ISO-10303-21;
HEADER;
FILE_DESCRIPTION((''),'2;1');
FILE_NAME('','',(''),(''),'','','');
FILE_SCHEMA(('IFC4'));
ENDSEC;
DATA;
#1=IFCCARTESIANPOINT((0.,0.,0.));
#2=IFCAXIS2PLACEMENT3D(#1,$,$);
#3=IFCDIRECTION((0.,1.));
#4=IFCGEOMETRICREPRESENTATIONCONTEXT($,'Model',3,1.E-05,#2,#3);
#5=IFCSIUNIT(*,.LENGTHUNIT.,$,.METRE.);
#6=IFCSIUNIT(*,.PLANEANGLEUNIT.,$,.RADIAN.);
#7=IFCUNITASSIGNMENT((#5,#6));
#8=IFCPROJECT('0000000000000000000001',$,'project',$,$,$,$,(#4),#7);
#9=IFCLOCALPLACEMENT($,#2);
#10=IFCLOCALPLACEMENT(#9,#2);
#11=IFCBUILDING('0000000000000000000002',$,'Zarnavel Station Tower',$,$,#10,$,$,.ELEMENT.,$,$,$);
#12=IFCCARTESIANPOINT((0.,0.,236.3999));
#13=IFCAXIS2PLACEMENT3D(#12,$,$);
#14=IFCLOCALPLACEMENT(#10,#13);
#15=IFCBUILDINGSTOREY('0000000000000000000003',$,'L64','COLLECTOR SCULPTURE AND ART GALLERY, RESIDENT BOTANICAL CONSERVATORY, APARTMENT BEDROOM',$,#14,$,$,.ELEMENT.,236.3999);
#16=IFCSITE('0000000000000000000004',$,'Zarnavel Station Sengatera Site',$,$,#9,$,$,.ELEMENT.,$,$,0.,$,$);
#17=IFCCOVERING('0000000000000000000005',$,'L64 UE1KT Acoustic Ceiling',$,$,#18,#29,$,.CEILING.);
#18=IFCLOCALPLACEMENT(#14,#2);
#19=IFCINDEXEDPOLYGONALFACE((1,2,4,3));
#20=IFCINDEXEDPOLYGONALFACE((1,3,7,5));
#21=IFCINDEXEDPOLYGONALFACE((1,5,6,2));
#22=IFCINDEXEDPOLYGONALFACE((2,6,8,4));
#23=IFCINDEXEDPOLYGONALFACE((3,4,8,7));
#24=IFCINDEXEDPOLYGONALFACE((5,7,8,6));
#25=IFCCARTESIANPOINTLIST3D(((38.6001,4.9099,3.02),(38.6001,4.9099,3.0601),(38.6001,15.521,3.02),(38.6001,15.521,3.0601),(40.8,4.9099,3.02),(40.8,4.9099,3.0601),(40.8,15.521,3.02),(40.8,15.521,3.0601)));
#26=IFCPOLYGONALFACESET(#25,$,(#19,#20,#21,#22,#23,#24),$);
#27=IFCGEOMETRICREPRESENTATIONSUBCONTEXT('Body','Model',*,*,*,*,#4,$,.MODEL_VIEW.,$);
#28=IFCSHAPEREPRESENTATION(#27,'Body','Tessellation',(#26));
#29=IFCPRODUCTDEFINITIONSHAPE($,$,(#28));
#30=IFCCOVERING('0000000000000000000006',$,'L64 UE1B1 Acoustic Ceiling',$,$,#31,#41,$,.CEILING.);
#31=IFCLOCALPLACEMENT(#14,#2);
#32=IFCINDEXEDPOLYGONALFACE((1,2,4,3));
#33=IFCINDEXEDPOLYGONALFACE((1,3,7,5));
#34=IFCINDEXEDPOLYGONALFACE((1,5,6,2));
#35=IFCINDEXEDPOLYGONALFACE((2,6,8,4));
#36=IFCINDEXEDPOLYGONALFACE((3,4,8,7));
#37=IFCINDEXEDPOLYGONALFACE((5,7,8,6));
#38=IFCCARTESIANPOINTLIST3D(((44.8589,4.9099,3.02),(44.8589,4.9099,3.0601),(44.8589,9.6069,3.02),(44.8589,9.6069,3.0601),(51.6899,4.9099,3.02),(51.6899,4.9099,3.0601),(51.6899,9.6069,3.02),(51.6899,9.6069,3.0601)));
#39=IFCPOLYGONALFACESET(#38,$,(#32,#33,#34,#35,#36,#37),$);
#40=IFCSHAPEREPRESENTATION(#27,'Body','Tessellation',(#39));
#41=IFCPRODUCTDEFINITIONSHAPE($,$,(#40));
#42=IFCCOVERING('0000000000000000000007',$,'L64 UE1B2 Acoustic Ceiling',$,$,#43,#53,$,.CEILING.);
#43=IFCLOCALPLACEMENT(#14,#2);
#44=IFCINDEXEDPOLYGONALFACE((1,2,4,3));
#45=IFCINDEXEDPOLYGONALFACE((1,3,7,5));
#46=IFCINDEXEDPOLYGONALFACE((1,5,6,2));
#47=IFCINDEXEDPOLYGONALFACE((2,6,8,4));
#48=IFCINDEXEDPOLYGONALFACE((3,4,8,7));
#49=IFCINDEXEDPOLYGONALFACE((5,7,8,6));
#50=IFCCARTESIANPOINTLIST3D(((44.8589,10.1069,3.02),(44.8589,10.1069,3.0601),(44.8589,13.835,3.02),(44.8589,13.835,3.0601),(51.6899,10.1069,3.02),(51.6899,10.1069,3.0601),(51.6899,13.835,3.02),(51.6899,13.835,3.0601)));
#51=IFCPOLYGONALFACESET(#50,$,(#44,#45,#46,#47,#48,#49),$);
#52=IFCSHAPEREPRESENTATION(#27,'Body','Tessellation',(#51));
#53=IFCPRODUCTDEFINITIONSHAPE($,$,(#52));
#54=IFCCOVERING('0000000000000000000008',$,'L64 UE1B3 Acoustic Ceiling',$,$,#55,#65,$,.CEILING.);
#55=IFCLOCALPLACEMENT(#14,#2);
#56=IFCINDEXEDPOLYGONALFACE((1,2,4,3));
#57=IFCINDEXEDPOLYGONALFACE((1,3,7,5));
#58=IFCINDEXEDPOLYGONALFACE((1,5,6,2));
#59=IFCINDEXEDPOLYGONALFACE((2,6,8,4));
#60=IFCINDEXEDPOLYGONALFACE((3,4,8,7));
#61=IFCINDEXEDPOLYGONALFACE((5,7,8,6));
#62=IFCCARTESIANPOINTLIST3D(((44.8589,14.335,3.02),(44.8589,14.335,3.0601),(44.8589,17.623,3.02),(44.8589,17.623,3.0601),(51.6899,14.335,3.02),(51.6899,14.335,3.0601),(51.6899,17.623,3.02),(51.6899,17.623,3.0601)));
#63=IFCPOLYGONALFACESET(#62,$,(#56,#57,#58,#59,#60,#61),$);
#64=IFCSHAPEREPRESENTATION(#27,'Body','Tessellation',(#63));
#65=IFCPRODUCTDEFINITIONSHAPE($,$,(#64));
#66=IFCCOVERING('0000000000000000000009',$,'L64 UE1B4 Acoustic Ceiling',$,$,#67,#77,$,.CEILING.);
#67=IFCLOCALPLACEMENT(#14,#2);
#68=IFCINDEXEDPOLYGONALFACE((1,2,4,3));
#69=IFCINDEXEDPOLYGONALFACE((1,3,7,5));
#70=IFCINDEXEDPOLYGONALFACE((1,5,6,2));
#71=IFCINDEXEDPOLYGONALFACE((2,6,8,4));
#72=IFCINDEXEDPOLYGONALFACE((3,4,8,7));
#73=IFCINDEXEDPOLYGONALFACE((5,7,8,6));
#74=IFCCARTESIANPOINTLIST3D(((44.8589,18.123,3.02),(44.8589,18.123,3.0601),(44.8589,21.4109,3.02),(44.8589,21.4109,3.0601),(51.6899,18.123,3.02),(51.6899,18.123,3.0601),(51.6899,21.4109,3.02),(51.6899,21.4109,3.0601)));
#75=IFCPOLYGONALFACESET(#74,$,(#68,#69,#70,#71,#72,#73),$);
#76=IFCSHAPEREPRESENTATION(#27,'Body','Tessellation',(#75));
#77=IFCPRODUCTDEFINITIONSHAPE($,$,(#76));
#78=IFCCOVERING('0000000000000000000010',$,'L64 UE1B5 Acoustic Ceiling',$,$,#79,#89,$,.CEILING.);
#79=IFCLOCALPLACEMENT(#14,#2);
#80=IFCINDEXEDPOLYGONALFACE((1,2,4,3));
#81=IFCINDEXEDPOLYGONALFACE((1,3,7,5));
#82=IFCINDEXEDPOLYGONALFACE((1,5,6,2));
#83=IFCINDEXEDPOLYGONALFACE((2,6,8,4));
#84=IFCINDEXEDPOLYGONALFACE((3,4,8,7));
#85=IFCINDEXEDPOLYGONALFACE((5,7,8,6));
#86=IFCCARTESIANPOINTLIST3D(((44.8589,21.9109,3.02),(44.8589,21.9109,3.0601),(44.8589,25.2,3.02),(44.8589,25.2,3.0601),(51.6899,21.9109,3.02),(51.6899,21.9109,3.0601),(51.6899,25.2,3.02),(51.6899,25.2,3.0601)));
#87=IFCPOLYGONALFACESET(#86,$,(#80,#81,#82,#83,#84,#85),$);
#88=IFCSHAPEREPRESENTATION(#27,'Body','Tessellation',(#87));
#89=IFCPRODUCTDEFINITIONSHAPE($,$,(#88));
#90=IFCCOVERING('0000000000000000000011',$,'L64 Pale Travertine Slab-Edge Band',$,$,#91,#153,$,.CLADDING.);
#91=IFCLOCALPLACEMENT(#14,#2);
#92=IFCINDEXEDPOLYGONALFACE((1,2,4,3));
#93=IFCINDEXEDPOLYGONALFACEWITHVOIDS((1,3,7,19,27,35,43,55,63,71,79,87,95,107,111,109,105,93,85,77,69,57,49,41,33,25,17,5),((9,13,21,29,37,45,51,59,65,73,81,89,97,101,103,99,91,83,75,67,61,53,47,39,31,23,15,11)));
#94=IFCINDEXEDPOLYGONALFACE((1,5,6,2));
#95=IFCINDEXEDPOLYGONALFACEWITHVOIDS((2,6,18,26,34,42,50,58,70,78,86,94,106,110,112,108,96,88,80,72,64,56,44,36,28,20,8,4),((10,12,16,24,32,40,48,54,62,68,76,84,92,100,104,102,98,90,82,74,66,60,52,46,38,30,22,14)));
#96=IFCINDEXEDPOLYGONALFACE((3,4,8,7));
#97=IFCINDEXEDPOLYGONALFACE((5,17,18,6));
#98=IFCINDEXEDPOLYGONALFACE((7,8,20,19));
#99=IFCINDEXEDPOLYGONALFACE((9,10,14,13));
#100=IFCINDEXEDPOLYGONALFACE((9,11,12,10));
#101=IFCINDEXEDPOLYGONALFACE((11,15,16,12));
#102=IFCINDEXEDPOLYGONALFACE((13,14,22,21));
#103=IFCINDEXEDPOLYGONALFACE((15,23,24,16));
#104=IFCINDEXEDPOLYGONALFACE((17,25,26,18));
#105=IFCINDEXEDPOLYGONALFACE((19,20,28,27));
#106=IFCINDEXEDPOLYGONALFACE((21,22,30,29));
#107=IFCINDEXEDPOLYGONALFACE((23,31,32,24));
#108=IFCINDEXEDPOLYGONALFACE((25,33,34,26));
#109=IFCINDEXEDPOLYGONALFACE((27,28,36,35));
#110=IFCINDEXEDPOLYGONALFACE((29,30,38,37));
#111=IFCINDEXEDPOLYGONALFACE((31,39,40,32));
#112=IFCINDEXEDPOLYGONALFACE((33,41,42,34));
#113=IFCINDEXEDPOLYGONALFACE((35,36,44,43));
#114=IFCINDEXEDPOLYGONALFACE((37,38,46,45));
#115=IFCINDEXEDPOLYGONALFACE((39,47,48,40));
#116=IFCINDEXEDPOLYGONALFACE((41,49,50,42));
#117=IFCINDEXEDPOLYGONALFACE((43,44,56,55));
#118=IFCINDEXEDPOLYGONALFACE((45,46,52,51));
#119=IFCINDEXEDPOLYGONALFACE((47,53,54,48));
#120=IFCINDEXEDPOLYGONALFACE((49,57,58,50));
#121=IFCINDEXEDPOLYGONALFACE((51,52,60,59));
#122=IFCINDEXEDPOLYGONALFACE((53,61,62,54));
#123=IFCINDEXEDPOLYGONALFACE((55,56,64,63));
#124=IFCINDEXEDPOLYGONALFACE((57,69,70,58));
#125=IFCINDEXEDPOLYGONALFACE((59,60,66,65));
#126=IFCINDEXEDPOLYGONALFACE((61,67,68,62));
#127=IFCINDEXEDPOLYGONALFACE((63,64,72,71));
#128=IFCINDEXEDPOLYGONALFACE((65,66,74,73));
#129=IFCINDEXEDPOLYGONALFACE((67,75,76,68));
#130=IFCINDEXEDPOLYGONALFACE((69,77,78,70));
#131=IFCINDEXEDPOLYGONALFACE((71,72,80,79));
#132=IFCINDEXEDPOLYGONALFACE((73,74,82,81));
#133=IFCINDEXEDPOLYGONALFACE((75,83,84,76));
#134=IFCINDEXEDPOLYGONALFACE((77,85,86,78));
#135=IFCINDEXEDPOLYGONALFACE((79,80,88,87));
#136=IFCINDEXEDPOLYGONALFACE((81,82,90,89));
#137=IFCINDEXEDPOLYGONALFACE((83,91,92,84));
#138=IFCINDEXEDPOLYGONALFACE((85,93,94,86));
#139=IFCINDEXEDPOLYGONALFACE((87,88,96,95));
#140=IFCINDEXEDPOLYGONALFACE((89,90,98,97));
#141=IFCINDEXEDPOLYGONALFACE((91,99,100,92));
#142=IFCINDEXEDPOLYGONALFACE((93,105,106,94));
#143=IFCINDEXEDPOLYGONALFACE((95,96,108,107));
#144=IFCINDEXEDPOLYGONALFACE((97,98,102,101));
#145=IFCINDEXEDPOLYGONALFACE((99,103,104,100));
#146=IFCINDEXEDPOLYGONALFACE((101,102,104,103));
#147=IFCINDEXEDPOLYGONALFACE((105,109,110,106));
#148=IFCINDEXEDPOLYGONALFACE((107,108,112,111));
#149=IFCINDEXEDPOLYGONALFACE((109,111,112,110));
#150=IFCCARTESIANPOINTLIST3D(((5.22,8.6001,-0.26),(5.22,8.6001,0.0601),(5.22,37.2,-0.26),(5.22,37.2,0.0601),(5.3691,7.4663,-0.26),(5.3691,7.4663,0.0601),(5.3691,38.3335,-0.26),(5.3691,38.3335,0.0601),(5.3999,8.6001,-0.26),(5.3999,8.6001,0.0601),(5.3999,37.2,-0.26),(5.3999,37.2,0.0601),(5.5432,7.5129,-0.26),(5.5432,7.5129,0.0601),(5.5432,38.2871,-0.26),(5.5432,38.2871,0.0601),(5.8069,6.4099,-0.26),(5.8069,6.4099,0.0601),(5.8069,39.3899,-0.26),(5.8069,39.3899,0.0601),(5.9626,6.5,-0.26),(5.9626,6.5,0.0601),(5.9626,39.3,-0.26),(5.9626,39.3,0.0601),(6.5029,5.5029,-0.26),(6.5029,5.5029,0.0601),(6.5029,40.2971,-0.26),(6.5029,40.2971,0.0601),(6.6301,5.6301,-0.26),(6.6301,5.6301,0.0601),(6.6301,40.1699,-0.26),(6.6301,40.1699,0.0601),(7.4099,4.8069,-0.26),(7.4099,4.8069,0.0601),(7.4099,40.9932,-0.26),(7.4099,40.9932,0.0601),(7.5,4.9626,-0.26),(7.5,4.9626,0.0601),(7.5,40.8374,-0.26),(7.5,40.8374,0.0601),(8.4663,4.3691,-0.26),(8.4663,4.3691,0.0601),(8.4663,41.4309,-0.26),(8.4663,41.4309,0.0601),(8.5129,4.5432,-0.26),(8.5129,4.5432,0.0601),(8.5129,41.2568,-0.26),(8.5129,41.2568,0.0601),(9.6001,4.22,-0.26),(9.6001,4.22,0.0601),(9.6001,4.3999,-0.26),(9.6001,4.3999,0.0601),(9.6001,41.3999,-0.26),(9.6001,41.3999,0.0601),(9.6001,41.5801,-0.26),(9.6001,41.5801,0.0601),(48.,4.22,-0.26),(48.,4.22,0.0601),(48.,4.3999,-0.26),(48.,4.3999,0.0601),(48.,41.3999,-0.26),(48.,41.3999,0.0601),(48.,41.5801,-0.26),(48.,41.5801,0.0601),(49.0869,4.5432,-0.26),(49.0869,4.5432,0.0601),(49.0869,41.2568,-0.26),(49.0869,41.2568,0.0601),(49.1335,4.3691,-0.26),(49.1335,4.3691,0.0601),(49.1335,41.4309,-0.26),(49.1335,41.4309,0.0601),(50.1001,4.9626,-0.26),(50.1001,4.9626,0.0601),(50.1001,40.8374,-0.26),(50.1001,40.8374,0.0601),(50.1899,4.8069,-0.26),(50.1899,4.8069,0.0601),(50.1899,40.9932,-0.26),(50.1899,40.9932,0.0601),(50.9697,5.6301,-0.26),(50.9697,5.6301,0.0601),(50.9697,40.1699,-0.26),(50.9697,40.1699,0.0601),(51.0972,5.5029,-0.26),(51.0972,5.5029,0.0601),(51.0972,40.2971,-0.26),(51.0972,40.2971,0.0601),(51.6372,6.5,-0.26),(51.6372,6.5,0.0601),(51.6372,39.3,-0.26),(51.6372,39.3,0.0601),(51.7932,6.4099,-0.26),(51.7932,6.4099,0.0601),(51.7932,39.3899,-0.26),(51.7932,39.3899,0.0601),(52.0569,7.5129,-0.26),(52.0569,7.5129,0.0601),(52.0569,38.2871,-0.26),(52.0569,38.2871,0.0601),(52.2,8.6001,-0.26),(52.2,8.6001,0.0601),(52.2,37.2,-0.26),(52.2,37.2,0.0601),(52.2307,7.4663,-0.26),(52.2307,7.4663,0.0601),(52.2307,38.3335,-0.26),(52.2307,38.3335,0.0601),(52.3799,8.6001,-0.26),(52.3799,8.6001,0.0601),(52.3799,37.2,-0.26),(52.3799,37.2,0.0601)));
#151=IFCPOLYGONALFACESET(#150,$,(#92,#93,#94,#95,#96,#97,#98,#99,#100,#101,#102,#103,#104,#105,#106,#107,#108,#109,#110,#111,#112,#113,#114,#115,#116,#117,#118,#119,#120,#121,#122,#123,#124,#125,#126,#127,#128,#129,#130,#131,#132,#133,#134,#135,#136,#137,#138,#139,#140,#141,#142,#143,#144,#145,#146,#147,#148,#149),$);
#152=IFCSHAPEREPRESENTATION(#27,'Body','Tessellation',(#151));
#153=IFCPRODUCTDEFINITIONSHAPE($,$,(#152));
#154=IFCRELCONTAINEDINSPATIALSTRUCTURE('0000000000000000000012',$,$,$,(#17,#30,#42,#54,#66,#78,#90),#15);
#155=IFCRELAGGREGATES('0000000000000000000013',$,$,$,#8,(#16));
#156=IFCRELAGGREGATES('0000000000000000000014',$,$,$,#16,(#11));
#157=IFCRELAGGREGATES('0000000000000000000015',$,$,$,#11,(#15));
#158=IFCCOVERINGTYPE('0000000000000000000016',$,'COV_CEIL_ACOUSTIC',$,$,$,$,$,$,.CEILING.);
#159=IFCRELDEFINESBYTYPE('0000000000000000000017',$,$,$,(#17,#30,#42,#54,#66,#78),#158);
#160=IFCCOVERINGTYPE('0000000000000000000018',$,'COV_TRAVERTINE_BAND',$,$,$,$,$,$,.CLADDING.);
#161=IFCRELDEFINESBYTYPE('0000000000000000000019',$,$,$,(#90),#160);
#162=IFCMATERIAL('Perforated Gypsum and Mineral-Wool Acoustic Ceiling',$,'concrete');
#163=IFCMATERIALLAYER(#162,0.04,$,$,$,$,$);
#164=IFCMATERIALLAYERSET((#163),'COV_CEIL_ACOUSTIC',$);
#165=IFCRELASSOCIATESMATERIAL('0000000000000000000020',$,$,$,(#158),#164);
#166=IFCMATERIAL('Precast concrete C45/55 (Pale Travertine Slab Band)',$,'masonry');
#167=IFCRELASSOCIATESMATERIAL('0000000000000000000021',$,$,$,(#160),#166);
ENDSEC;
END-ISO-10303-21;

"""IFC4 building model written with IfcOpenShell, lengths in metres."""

from ifc_helpers import new_model, si_unit, direction, frame, origin, place, context, subcontext, project, spatial, polyline, outline, extrude, material, layer, layer_set, type_object, element, save


model = new_model("IFC4")

# Units and contexts
model_context = context("Model", 3, precision=1e-05, world=origin(), true_north=direction((0.0, 1.0)))
body_context = subcontext(model_context, "Body", "Model", "MODEL_VIEW")
ifc_project = project(units=[si_unit("LENGTHUNIT", "METRE"), si_unit("PLANEANGLEUNIT", "RADIAN")], contexts=[model_context])

# Site, building, storey
site_placement = place(None, origin())
site = spatial("IfcSite", under=ifc_project, at=site_placement, Name="Zarnavel Station Sengatera Site", CompositionType="ELEMENT", RefElevation=0.0)
building_placement = place(site_placement, origin())
building = spatial("IfcBuilding", under=site, at=building_placement, Name="Zarnavel Station Tower", CompositionType="ELEMENT")
storey_placement = place(building_placement, frame((0.0, 0.0, 236.3999)))
storey = spatial("IfcBuildingStorey", under=building, at=storey_placement, Name="L64", Description="COLLECTOR SCULPTURE AND ART GALLERY, RESIDENT BOTANICAL CONSERVATORY, APARTMENT BEDROOM", CompositionType="ELEMENT", Elevation=236.3999)

# Coverings
ifc_material_1 = material(Name="Perforated Gypsum and Mineral-Wool Acoustic Ceiling", Category="concrete")
ifc_layer_1 = layer(ifc_material_1, 0.04)
ifc_layer_set_1 = layer_set([ifc_layer_1], Name="COV_CEIL_ACOUSTIC")
covering_type_1 = type_object("IfcCoveringType", Name="COV_CEIL_ACOUSTIC", PredefinedType="CEILING", material=ifc_layer_set_1)
covering_1_placement = place(storey_placement, frame((0.0, 0.0, 3.02)))
element("IfcCovering", 1, at=covering_1_placement, inside=storey, type_object=covering_type_1, Name="L64 UE1KT Acoustic Ceiling", PredefinedType="CEILING", context=body_context, shape_type="SweptSolid", body=[
    extrude(outline(polyline([(38.6001, 4.9099), (40.8, 4.9099), (40.8, 15.521), (38.6001, 15.521), (38.6001, 4.9099)])), origin(), (0.0, 0.0, 1.0), 0.04),
])
covering_2_placement = place(storey_placement, frame((0.0, 0.0, 3.02)))
element("IfcCovering", 2, at=covering_2_placement, inside=storey, type_object=covering_type_1, Name="L64 UE1B1 Acoustic Ceiling", PredefinedType="CEILING", context=body_context, shape_type="SweptSolid", body=[
    extrude(outline(polyline([(44.8589, 4.9099), (51.6899, 4.9099), (51.6899, 9.6069), (44.8589, 9.6069), (44.8589, 4.9099)])), origin(), (0.0, 0.0, 1.0), 0.04),
])
covering_3_placement = place(storey_placement, frame((0.0, 0.0, 3.02)))
element("IfcCovering", 3, at=covering_3_placement, inside=storey, type_object=covering_type_1, Name="L64 UE1B2 Acoustic Ceiling", PredefinedType="CEILING", context=body_context, shape_type="SweptSolid", body=[
    extrude(outline(polyline([(44.8589, 10.1069), (51.6899, 10.1069), (51.6899, 13.835), (44.8589, 13.835), (44.8589, 10.1069)])), origin(), (0.0, 0.0, 1.0), 0.04),
])
covering_4_placement = place(storey_placement, frame((0.0, 0.0, 3.02)))
element("IfcCovering", 4, at=covering_4_placement, inside=storey, type_object=covering_type_1, Name="L64 UE1B3 Acoustic Ceiling", PredefinedType="CEILING", context=body_context, shape_type="SweptSolid", body=[
    extrude(outline(polyline([(44.8589, 14.335), (51.6899, 14.335), (51.6899, 17.623), (44.8589, 17.623), (44.8589, 14.335)])), origin(), (0.0, 0.0, 1.0), 0.04),
])
covering_5_placement = place(storey_placement, frame((0.0, 0.0, 3.02)))
element("IfcCovering", 5, at=covering_5_placement, inside=storey, type_object=covering_type_1, Name="L64 UE1B4 Acoustic Ceiling", PredefinedType="CEILING", context=body_context, shape_type="SweptSolid", body=[
    extrude(outline(polyline([(44.8589, 18.123), (51.6899, 18.123), (51.6899, 21.4109), (44.8589, 21.4109), (44.8589, 18.123)])), origin(), (0.0, 0.0, 1.0), 0.04),
])
covering_6_placement = place(storey_placement, frame((0.0, 0.0, 3.02)))
element("IfcCovering", 6, at=covering_6_placement, inside=storey, type_object=covering_type_1, Name="L64 UE1B5 Acoustic Ceiling", PredefinedType="CEILING", context=body_context, shape_type="SweptSolid", body=[
    extrude(outline(polyline([(44.8589, 21.9109), (51.6899, 21.9109), (51.6899, 25.2), (44.8589, 25.2), (44.8589, 21.9109)])), origin(), (0.0, 0.0, 1.0), 0.04),
])
ifc_material_2 = material(Name="Precast concrete C45/55 (Pale Travertine Slab Band)", Category="masonry")
covering_type_2 = type_object("IfcCoveringType", Name="COV_TRAVERTINE_BAND", PredefinedType="CLADDING", material=ifc_material_2)
covering_7_placement = place(storey_placement, frame((0.0, 0.0, -0.26)))
element("IfcCovering", 7, at=covering_7_placement, inside=storey, type_object=covering_type_2, Name="L64 Pale Travertine Slab-Edge Band", PredefinedType="CLADDING", context=body_context, shape_type="SweptSolid", body=[
    extrude(outline(polyline([(48.0, 4.22), (49.1335, 4.3691), (50.1899, 4.8069), (51.0972, 5.5029), (51.7932, 6.4099), (52.2307, 7.4663), (52.3799, 8.6001), (52.3799, 37.2), (52.2307, 38.3335), (51.7932, 39.3899), (51.0972, 40.2971), (50.1899, 40.9932), (49.1335, 41.4309), (48.0, 41.5801), (9.6001, 41.5801), (8.4663, 41.4309), (7.4099, 40.9932), (6.5029, 40.2971), (5.8069, 39.3899), (5.3691, 38.3335), (5.22, 37.2), (5.22, 8.6001), (5.3691, 7.4663), (5.8069, 6.4099), (6.5029, 5.5029), (7.4099, 4.8069), (8.4663, 4.3691), (9.6001, 4.22), (48.0, 4.22)]), holes=[polyline([(48.0, 4.3999), (49.0869, 4.5432), (50.1001, 4.9626), (50.9697, 5.6301), (51.6372, 6.5), (52.0569, 7.5129), (52.2, 8.6001), (52.2, 37.2), (52.0569, 38.2871), (51.6372, 39.3), (50.9697, 40.1699), (50.1001, 40.8374), (49.0869, 41.2568), (48.0, 41.3999), (9.6001, 41.3999), (8.5129, 41.2568), (7.5, 40.8374), (6.6301, 40.1699), (5.9626, 39.3), (5.5432, 38.2871), (5.3999, 37.2), (5.3999, 8.6001), (5.5432, 7.5129), (5.9626, 6.5), (6.6301, 5.6301), (7.5, 4.9626), (8.5129, 4.5432), (9.6001, 4.3999), (48.0, 4.3999)])]), origin(), (0.0, 0.0, 1.0), 0.3201),
])

save(model, "model.ifc")
